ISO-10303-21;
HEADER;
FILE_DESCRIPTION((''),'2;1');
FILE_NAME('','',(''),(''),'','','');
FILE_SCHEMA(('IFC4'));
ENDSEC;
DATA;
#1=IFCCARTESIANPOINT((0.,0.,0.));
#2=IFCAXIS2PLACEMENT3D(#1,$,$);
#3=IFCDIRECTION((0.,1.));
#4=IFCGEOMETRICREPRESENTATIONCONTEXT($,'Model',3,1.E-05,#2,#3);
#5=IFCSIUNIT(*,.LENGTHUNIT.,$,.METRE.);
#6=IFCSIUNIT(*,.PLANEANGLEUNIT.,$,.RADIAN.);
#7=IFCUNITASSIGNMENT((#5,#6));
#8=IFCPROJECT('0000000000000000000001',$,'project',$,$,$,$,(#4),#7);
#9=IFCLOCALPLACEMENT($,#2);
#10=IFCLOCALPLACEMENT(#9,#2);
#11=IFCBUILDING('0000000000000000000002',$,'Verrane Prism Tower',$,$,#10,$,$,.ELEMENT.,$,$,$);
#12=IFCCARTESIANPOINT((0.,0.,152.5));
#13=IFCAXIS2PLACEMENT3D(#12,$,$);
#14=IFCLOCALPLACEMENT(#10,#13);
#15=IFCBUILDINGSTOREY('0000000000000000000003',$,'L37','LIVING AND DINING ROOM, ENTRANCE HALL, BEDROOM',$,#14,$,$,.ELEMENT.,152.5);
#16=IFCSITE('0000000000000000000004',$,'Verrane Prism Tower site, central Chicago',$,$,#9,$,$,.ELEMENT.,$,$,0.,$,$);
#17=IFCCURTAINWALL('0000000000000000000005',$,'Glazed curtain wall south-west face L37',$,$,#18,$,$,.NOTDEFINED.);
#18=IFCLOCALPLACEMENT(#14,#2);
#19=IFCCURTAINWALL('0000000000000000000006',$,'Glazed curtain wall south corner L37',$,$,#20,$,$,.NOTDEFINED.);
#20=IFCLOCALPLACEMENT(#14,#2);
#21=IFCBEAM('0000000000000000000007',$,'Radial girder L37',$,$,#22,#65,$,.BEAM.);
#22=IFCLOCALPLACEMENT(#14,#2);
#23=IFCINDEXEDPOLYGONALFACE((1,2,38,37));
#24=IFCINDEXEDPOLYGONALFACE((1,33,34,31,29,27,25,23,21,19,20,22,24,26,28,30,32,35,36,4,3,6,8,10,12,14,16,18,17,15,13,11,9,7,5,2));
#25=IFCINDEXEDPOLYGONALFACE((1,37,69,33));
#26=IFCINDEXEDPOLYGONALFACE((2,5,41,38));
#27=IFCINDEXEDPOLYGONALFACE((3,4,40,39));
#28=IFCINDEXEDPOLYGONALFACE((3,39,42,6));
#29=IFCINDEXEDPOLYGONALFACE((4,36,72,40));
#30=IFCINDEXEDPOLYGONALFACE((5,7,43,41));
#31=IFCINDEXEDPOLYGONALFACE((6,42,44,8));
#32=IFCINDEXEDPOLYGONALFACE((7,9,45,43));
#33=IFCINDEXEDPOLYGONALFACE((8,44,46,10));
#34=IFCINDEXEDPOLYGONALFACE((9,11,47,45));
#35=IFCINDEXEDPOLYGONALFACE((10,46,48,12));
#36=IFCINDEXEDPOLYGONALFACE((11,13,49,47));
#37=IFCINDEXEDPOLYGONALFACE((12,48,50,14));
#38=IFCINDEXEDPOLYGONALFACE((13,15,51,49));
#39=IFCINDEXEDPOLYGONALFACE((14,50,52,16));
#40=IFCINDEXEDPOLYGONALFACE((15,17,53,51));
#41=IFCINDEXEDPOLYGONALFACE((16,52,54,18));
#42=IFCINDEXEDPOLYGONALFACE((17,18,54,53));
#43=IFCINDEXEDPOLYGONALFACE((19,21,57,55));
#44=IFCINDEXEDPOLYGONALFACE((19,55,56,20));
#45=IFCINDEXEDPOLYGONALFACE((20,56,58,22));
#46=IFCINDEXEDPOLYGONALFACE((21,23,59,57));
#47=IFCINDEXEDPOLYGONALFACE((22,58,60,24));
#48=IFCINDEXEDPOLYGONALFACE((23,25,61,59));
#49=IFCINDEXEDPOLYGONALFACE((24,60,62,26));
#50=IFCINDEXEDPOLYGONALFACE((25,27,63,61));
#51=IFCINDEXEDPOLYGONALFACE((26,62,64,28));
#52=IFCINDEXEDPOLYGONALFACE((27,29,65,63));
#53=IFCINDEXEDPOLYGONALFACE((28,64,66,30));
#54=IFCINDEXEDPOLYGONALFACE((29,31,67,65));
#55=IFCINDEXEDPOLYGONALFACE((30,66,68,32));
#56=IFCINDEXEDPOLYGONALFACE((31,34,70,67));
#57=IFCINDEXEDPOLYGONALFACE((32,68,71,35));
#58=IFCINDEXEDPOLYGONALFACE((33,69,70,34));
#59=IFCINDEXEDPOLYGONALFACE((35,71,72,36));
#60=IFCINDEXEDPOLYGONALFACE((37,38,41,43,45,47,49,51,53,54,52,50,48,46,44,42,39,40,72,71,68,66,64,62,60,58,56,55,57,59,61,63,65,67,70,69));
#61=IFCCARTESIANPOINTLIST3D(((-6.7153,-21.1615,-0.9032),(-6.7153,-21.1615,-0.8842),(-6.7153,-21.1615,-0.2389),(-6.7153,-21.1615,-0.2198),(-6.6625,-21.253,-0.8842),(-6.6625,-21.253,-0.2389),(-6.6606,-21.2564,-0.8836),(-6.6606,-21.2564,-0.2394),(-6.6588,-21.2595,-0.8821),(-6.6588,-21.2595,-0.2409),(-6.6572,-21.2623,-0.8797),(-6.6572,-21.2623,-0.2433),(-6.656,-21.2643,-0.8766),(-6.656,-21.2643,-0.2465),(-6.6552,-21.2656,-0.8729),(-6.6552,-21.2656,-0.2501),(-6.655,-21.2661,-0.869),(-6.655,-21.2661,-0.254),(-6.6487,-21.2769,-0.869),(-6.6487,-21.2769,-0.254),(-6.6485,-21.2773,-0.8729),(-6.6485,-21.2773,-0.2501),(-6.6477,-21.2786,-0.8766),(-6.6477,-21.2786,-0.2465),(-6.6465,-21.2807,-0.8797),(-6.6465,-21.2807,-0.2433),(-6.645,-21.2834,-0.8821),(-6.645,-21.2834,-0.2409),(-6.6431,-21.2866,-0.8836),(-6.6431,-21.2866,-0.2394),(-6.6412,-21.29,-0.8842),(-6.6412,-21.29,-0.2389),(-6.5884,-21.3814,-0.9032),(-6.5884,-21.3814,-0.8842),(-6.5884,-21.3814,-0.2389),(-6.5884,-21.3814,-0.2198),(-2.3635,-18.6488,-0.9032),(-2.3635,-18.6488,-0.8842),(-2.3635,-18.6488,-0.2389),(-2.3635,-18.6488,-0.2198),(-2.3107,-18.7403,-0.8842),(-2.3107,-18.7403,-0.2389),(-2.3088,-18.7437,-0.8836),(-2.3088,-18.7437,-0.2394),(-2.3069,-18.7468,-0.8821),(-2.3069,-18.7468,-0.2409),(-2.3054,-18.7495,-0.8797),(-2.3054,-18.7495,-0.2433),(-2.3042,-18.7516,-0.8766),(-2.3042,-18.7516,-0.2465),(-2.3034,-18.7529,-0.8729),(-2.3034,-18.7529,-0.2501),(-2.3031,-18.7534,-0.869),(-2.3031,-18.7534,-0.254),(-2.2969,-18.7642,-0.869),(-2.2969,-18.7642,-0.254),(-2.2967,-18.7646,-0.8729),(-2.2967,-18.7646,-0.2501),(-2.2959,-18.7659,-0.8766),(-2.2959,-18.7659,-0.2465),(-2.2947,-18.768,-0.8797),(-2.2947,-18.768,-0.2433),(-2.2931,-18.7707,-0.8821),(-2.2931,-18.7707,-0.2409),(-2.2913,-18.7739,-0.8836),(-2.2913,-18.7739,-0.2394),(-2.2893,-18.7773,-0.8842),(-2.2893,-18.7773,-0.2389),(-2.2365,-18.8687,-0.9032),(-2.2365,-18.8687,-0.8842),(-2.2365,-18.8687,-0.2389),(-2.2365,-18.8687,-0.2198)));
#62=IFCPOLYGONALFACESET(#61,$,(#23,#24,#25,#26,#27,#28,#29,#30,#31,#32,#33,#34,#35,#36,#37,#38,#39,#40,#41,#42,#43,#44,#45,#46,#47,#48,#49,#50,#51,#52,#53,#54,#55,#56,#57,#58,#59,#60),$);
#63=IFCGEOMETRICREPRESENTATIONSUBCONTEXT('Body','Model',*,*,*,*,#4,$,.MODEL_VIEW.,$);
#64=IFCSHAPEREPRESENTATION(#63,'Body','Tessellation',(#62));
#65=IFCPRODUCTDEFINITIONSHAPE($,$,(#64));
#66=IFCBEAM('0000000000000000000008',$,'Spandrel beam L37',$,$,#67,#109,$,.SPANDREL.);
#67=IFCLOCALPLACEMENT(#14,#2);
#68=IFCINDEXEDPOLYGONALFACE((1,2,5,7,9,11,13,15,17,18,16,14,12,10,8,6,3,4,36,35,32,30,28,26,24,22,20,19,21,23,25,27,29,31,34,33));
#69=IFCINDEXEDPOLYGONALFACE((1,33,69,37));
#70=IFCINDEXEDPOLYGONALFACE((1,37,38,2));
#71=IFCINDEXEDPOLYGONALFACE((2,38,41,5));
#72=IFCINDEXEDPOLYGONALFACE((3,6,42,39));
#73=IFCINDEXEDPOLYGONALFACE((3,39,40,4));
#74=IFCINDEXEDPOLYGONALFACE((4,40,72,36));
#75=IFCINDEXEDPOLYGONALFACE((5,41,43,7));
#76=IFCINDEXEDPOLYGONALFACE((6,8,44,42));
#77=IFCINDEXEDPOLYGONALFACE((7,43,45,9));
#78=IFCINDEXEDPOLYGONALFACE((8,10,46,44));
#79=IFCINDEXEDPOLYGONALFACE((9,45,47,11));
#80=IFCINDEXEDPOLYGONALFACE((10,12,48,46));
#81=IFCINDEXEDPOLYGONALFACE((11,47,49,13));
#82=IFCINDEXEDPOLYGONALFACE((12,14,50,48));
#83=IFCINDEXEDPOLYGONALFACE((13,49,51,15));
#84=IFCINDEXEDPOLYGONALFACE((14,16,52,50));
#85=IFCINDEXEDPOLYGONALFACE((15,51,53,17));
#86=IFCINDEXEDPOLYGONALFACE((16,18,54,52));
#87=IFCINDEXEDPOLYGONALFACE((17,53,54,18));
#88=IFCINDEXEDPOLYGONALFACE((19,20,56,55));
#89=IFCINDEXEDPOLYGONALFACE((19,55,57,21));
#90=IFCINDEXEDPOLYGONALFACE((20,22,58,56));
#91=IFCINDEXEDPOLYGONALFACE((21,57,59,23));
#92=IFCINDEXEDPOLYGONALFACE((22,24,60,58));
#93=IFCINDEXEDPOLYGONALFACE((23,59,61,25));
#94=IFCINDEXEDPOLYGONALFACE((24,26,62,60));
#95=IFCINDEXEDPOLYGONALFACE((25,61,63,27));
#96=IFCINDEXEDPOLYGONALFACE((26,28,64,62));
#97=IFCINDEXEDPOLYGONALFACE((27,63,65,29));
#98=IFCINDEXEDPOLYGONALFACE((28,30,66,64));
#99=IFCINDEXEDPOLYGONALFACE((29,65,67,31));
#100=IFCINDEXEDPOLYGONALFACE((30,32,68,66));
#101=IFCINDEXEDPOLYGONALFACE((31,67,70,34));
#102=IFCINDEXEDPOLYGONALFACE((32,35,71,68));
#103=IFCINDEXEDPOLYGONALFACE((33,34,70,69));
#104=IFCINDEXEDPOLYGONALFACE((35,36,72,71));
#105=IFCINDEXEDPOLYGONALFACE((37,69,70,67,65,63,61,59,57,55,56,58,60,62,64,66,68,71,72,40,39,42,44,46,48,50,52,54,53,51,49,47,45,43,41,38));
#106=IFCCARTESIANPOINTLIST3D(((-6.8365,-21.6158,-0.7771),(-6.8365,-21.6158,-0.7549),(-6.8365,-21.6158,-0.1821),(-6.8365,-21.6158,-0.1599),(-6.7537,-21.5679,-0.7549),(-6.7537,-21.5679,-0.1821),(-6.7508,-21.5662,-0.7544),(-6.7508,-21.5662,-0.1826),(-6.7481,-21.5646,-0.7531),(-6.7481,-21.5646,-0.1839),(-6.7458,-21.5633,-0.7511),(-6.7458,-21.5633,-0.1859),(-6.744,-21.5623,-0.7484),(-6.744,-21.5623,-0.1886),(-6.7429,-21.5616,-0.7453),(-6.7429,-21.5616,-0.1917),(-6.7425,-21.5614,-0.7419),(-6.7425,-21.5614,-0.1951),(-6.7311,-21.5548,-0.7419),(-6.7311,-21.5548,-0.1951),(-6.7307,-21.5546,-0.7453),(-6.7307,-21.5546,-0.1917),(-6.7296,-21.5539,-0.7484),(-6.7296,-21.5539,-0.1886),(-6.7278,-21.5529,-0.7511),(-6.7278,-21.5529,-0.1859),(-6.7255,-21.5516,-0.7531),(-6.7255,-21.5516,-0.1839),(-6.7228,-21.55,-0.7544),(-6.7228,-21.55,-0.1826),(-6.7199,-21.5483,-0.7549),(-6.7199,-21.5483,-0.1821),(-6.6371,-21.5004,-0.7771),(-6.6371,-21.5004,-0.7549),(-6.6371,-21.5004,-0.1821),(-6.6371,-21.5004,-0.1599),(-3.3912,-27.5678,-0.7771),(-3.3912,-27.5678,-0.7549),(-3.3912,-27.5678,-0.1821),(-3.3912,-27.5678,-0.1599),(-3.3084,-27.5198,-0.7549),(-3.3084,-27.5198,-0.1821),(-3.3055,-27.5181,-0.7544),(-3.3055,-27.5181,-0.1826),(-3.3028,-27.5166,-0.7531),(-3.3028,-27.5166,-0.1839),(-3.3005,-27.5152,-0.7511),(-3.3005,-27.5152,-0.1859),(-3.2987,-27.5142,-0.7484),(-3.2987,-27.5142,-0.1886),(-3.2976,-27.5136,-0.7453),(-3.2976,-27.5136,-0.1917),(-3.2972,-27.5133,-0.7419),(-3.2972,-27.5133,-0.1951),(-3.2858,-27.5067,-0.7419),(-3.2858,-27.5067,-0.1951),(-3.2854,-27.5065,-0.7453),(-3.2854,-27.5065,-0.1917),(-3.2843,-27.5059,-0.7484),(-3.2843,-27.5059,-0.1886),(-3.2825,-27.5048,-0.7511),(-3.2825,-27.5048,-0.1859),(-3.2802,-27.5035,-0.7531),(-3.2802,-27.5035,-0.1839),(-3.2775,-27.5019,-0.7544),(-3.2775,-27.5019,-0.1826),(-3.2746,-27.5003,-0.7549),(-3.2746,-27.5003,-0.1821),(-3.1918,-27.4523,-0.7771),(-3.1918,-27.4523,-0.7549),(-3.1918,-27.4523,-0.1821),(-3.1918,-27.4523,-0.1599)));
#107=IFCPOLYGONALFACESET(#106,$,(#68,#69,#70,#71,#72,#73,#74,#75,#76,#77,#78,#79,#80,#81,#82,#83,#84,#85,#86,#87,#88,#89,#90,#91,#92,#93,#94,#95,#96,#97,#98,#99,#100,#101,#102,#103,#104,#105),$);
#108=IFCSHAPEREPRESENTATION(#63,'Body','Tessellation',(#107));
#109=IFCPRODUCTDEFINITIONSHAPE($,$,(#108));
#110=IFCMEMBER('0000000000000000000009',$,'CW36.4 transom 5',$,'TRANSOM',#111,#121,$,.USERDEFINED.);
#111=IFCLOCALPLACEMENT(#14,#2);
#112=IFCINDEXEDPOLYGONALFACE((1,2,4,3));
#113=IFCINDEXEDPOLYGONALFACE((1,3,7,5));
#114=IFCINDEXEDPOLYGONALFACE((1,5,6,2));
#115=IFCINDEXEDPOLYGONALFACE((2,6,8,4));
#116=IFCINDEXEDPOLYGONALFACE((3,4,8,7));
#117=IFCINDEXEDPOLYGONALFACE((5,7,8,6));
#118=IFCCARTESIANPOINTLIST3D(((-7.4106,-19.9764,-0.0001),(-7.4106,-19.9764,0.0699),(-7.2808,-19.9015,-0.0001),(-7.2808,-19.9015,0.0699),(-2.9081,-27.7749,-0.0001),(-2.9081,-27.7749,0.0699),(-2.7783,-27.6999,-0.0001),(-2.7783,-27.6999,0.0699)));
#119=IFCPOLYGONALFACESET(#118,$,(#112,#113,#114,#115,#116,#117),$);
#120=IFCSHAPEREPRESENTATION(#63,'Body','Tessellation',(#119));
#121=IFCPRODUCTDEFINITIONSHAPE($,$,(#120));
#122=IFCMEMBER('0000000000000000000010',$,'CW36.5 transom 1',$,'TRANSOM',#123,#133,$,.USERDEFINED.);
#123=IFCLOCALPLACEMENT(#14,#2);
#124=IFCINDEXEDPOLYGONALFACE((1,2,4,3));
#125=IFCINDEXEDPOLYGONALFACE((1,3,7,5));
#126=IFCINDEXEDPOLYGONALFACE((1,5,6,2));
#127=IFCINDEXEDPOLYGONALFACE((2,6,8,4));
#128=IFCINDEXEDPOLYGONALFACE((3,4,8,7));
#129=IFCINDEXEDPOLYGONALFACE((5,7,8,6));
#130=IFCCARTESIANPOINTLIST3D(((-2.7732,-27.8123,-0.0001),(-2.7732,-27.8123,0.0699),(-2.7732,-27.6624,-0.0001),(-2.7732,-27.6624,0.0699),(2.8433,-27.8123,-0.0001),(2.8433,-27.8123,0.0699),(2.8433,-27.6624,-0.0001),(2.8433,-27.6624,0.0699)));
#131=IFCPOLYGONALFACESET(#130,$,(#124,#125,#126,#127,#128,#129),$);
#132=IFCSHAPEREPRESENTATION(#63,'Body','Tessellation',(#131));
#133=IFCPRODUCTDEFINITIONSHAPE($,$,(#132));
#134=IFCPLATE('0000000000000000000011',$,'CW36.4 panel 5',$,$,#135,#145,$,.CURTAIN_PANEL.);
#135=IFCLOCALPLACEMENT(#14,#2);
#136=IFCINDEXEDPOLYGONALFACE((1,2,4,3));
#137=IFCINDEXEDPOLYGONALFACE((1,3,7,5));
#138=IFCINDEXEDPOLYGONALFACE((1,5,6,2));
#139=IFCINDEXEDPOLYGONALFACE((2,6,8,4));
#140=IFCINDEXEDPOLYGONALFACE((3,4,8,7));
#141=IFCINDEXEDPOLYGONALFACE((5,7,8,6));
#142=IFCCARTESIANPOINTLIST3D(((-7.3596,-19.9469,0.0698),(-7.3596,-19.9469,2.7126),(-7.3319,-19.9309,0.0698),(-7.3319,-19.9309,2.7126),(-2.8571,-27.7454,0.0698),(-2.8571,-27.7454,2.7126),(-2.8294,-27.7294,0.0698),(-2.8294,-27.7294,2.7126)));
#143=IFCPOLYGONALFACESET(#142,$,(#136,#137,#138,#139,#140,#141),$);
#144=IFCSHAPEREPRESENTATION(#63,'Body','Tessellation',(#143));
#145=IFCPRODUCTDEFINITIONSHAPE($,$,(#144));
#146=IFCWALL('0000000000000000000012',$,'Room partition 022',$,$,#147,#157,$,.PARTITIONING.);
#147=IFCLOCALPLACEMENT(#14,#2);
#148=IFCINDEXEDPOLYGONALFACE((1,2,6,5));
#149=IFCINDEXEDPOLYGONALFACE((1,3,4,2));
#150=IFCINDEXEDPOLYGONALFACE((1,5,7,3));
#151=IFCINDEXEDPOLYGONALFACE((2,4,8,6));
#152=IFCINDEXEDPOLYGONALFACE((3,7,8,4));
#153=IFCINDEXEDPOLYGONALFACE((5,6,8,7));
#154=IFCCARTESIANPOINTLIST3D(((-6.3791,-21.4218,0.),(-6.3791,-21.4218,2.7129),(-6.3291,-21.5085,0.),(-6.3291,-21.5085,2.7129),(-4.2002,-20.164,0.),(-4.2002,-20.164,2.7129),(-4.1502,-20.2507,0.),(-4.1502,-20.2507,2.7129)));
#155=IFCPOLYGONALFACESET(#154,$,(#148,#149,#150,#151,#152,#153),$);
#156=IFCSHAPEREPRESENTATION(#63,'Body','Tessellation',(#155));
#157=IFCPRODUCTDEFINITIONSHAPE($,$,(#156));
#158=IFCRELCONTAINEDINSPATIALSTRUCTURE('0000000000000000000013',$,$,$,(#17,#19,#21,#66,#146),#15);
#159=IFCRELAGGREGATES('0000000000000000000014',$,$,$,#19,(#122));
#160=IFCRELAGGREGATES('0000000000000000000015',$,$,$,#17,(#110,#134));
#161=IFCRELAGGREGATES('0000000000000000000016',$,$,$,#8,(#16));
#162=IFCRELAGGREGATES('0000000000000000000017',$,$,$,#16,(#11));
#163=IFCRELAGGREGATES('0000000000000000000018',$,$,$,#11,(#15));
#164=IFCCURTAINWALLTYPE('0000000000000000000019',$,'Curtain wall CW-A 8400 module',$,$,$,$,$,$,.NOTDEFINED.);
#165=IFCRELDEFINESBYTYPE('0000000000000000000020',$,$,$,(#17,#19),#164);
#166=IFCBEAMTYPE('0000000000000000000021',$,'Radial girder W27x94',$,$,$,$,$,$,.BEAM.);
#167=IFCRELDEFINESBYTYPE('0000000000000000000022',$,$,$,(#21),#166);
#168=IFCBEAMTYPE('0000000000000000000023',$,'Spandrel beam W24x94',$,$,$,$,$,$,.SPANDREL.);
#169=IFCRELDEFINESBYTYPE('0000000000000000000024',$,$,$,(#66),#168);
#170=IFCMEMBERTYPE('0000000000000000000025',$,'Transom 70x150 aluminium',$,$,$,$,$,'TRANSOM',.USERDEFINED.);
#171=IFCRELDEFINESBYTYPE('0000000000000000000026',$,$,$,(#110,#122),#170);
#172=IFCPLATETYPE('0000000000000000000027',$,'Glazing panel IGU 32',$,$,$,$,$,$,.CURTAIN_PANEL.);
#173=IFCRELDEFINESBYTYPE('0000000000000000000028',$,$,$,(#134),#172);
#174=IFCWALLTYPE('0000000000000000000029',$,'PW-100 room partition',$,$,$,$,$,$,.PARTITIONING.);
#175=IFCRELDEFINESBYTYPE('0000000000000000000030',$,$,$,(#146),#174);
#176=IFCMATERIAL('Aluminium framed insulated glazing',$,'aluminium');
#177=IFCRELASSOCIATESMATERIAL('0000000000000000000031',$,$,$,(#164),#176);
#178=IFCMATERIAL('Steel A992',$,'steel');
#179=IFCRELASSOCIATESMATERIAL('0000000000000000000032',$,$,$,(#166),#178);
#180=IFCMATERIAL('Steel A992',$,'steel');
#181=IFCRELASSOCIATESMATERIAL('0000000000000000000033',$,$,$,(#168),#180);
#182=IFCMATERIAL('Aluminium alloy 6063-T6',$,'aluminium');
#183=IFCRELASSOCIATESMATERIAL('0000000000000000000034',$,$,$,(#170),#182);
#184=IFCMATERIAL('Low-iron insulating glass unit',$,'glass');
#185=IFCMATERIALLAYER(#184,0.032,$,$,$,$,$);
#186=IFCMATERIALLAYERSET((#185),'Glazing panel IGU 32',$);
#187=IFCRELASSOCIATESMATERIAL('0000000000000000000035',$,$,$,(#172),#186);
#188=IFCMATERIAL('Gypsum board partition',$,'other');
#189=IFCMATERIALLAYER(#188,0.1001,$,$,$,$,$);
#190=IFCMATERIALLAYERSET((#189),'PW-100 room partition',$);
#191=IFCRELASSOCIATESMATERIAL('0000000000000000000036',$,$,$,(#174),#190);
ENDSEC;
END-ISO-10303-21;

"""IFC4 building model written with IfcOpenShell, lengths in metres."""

from ifc_helpers import new_model, si_unit, direction, frame, frame_2d, origin, origin_2d, place, context, subcontext, project, spatial, rectangle, i_section, extrude, material, layer, layer_set, material_profile, profile_set, type_object, element, aggregate, save


model = new_model("IFC4")

# Units and contexts
model_context = context("Model", 3, precision=1e-05, world=origin(), true_north=direction((0.0, 1.0)))
body_context = subcontext(model_context, "Body", "Model", "MODEL_VIEW")
ifc_project = project(units=[si_unit("LENGTHUNIT", "METRE"), si_unit("PLANEANGLEUNIT", "RADIAN")], contexts=[model_context])

# Site, building, storey
site_placement = place(None, origin())
site = spatial("IfcSite", under=ifc_project, at=site_placement, Name="Verrane Prism Tower site, central Chicago", CompositionType="ELEMENT", RefElevation=0.0)
building_placement = place(site_placement, origin())
building = spatial("IfcBuilding", under=site, at=building_placement, Name="Verrane Prism Tower", CompositionType="ELEMENT")
storey_placement = place(building_placement, frame((0.0, 0.0, 152.5)))
storey = spatial("IfcBuildingStorey", under=building, at=storey_placement, Name="L37", Description="LIVING AND DINING ROOM, ENTRANCE HALL, BEDROOM", CompositionType="ELEMENT", Elevation=152.5)

# Curtain walls
ifc_material_1 = material(Name="Aluminium framed insulated glazing", Category="aluminium")
curtain_wall_type = type_object("IfcCurtainWallType", Name="Curtain wall CW-A 8400 module", PredefinedType="NOTDEFINED", material=ifc_material_1)
curtain_wall_1_placement = place(storey_placement, origin())
curtain_wall_1 = element("IfcCurtainWall", 1, at=curtain_wall_1_placement, inside=storey, type_object=curtain_wall_type, Name="Glazed curtain wall south-west face L37", PredefinedType="NOTDEFINED")
curtain_wall_2_placement = place(storey_placement, origin())
curtain_wall_2 = element("IfcCurtainWall", 2, at=curtain_wall_2_placement, inside=storey, type_object=curtain_wall_type, Name="Glazed curtain wall south corner L37", PredefinedType="NOTDEFINED")

# Beams
ifc_material_2 = material(Name="Steel A992", Category="steel")
ifc_material_profile_1 = material_profile(ifc_material_2, i_section(OverallWidth=0.2539, OverallDepth=0.6833, WebThickness=0.0125, FlangeThickness=0.019, FilletRadius=0.0151, at=origin_2d()), Name="W27x94")
ifc_profile_set_1 = profile_set([ifc_material_profile_1], Name="Steel A992")
beam_type_1 = type_object("IfcBeamType", Name="Radial girder W27x94", PredefinedType="BEAM", material=ifc_profile_set_1)
beam_1_placement = place(storey_placement, frame((-6.6519, -21.2715, -0.5615), z_axis=(0.86601, 0.500027, 0.0), x_axis=(-0.500027, 0.86601, 0.0)))
element("IfcBeam", 3, at=beam_1_placement, inside=storey, type_object=beam_type_1, Name="Radial girder L37", PredefinedType="BEAM", context=body_context, shape_type="SweptSolid", body=[
    extrude(i_section(OverallWidth=0.2539, OverallDepth=0.6833, WebThickness=0.0125, FlangeThickness=0.019, FilletRadius=0.0151, at=origin_2d()), origin(), (0.0, 0.0, 1.0), 5.0251),
])
ifc_material_3 = material(Name="Steel A992", Category="steel")
ifc_material_profile_2 = material_profile(ifc_material_3, i_section(OverallWidth=0.2305, OverallDepth=0.6172, WebThickness=0.0132, FlangeThickness=0.0222, FilletRadius=0.0129, at=origin_2d()), Name="W24x94")
ifc_profile_set_2 = profile_set([ifc_material_profile_2], Name="Steel A992")
beam_type_2 = type_object("IfcBeamType", Name="Spandrel beam W24x94", PredefinedType="SPANDREL", material=ifc_profile_set_2)
beam_2_placement = place(storey_placement, frame((-6.7368, -21.5581, -0.4685), z_axis=(0.500979, -0.86546, 0.0), x_axis=(0.86546, 0.500979, 0.0)))
element("IfcBeam", 4, at=beam_2_placement, inside=storey, type_object=beam_type_2, Name="Spandrel beam L37", PredefinedType="SPANDREL", context=body_context, shape_type="SweptSolid", body=[
    extrude(i_section(OverallWidth=0.2305, OverallDepth=0.6172, WebThickness=0.0132, FlangeThickness=0.0222, FilletRadius=0.0129, at=origin_2d()), origin(), (0.0, 0.0, 1.0), 6.8772),
])

# Members
ifc_material_4 = material(Name="Aluminium alloy 6063-T6", Category="aluminium")
ifc_material_profile_3 = material_profile(ifc_material_4, rectangle(XDim=0.1499, YDim=0.0701, at=origin_2d()), Name="Transom 70x150 aluminium")
ifc_profile_set_3 = profile_set([ifc_material_profile_3], Name="Aluminium alloy 6063-T6")
member_type_1 = type_object("IfcMemberType", Name="Transom 70x150 aluminium", ElementType="TRANSOM", PredefinedType="USERDEFINED", material=ifc_profile_set_3)
member_1_placement = place(storey_placement, frame((-7.3457, -19.939, 0.0349), z_axis=(0.500006, -0.866022, 0.0), x_axis=(0.866022, 0.500006, 0.0)))
member_1 = element("IfcMember", 5, at=member_1_placement, type_object=member_type_1, Name="CW36.4 transom 5", ObjectType="TRANSOM", PredefinedType="USERDEFINED", context=body_context, shape_type="SweptSolid", body=[
    extrude(rectangle(XDim=0.1499, YDim=0.0701, at=origin_2d()), origin(), (0.0, 0.0, 1.0), 9.0049),
])
member_2_placement = place(storey_placement, frame((-2.7732, -27.7373, 0.0349), z_axis=(1.0, 0.0, 0.0), x_axis=(0.0, 1.0, 0.0)))
member_2 = element("IfcMember", 6, at=member_2_placement, type_object=member_type_1, Name="CW36.5 transom 1", ObjectType="TRANSOM", PredefinedType="USERDEFINED", context=body_context, shape_type="SweptSolid", body=[
    extrude(rectangle(XDim=0.1499, YDim=0.0701, at=origin_2d()), origin(), (0.0, 0.0, 1.0), 5.6165),
])
aggregate(curtain_wall_2, [member_2])

# Plate
ifc_material_5 = material(Name="Low-iron insulating glass unit", Category="glass")
ifc_layer_1 = layer(ifc_material_5, 0.032)
ifc_layer_set_1 = layer_set([ifc_layer_1], Name="Glazing panel IGU 32")
plate_type = type_object("IfcPlateType", Name="Glazing panel IGU 32", PredefinedType="CURTAIN_PANEL", material=ifc_layer_set_1)
plate_placement = place(storey_placement, frame((-5.0945, -23.8381, 0.0698), z_axis=(0.0, 0.0, 1.0), x_axis=(0.500001, -0.866025, 0.0)))
plate = element("IfcPlate", 7, at=plate_placement, type_object=plate_type, Name="CW36.4 panel 5", PredefinedType="CURTAIN_PANEL", context=body_context, shape_type="SweptSolid", body=[
    extrude(rectangle(XDim=9.0049, YDim=0.032, at=origin_2d()), origin(), (0.0, 0.0, 1.0), 2.6428),
])
aggregate(curtain_wall_1, [member_1, plate])

# Wall
ifc_material_6 = material(Name="Gypsum board partition", Category="other")
ifc_layer_2 = layer(ifc_material_6, 0.1001)
ifc_layer_set_2 = layer_set([ifc_layer_2], Name="PW-100 room partition")
wall_type = type_object("IfcWallType", Name="PW-100 room partition", PredefinedType="PARTITIONING", material=ifc_layer_set_2)
wall_1_placement = place(storey_placement, frame((-6.354, -21.4651, 0.0), z_axis=(0.0, 0.0, 1.0), x_axis=(0.866061, 0.499938, 0.0)))
element("IfcWall", 8, at=wall_1_placement, inside=storey, type_object=wall_type, Name="Room partition 022", PredefinedType="PARTITIONING", context=body_context, shape_type="SweptSolid", body=[
    extrude(rectangle(XDim=2.5159, YDim=0.1001, at=frame_2d((1.2578, 0.0))), origin(), (0.0, 0.0, 1.0), 2.7129),
])

save(model, "model.ifc")
